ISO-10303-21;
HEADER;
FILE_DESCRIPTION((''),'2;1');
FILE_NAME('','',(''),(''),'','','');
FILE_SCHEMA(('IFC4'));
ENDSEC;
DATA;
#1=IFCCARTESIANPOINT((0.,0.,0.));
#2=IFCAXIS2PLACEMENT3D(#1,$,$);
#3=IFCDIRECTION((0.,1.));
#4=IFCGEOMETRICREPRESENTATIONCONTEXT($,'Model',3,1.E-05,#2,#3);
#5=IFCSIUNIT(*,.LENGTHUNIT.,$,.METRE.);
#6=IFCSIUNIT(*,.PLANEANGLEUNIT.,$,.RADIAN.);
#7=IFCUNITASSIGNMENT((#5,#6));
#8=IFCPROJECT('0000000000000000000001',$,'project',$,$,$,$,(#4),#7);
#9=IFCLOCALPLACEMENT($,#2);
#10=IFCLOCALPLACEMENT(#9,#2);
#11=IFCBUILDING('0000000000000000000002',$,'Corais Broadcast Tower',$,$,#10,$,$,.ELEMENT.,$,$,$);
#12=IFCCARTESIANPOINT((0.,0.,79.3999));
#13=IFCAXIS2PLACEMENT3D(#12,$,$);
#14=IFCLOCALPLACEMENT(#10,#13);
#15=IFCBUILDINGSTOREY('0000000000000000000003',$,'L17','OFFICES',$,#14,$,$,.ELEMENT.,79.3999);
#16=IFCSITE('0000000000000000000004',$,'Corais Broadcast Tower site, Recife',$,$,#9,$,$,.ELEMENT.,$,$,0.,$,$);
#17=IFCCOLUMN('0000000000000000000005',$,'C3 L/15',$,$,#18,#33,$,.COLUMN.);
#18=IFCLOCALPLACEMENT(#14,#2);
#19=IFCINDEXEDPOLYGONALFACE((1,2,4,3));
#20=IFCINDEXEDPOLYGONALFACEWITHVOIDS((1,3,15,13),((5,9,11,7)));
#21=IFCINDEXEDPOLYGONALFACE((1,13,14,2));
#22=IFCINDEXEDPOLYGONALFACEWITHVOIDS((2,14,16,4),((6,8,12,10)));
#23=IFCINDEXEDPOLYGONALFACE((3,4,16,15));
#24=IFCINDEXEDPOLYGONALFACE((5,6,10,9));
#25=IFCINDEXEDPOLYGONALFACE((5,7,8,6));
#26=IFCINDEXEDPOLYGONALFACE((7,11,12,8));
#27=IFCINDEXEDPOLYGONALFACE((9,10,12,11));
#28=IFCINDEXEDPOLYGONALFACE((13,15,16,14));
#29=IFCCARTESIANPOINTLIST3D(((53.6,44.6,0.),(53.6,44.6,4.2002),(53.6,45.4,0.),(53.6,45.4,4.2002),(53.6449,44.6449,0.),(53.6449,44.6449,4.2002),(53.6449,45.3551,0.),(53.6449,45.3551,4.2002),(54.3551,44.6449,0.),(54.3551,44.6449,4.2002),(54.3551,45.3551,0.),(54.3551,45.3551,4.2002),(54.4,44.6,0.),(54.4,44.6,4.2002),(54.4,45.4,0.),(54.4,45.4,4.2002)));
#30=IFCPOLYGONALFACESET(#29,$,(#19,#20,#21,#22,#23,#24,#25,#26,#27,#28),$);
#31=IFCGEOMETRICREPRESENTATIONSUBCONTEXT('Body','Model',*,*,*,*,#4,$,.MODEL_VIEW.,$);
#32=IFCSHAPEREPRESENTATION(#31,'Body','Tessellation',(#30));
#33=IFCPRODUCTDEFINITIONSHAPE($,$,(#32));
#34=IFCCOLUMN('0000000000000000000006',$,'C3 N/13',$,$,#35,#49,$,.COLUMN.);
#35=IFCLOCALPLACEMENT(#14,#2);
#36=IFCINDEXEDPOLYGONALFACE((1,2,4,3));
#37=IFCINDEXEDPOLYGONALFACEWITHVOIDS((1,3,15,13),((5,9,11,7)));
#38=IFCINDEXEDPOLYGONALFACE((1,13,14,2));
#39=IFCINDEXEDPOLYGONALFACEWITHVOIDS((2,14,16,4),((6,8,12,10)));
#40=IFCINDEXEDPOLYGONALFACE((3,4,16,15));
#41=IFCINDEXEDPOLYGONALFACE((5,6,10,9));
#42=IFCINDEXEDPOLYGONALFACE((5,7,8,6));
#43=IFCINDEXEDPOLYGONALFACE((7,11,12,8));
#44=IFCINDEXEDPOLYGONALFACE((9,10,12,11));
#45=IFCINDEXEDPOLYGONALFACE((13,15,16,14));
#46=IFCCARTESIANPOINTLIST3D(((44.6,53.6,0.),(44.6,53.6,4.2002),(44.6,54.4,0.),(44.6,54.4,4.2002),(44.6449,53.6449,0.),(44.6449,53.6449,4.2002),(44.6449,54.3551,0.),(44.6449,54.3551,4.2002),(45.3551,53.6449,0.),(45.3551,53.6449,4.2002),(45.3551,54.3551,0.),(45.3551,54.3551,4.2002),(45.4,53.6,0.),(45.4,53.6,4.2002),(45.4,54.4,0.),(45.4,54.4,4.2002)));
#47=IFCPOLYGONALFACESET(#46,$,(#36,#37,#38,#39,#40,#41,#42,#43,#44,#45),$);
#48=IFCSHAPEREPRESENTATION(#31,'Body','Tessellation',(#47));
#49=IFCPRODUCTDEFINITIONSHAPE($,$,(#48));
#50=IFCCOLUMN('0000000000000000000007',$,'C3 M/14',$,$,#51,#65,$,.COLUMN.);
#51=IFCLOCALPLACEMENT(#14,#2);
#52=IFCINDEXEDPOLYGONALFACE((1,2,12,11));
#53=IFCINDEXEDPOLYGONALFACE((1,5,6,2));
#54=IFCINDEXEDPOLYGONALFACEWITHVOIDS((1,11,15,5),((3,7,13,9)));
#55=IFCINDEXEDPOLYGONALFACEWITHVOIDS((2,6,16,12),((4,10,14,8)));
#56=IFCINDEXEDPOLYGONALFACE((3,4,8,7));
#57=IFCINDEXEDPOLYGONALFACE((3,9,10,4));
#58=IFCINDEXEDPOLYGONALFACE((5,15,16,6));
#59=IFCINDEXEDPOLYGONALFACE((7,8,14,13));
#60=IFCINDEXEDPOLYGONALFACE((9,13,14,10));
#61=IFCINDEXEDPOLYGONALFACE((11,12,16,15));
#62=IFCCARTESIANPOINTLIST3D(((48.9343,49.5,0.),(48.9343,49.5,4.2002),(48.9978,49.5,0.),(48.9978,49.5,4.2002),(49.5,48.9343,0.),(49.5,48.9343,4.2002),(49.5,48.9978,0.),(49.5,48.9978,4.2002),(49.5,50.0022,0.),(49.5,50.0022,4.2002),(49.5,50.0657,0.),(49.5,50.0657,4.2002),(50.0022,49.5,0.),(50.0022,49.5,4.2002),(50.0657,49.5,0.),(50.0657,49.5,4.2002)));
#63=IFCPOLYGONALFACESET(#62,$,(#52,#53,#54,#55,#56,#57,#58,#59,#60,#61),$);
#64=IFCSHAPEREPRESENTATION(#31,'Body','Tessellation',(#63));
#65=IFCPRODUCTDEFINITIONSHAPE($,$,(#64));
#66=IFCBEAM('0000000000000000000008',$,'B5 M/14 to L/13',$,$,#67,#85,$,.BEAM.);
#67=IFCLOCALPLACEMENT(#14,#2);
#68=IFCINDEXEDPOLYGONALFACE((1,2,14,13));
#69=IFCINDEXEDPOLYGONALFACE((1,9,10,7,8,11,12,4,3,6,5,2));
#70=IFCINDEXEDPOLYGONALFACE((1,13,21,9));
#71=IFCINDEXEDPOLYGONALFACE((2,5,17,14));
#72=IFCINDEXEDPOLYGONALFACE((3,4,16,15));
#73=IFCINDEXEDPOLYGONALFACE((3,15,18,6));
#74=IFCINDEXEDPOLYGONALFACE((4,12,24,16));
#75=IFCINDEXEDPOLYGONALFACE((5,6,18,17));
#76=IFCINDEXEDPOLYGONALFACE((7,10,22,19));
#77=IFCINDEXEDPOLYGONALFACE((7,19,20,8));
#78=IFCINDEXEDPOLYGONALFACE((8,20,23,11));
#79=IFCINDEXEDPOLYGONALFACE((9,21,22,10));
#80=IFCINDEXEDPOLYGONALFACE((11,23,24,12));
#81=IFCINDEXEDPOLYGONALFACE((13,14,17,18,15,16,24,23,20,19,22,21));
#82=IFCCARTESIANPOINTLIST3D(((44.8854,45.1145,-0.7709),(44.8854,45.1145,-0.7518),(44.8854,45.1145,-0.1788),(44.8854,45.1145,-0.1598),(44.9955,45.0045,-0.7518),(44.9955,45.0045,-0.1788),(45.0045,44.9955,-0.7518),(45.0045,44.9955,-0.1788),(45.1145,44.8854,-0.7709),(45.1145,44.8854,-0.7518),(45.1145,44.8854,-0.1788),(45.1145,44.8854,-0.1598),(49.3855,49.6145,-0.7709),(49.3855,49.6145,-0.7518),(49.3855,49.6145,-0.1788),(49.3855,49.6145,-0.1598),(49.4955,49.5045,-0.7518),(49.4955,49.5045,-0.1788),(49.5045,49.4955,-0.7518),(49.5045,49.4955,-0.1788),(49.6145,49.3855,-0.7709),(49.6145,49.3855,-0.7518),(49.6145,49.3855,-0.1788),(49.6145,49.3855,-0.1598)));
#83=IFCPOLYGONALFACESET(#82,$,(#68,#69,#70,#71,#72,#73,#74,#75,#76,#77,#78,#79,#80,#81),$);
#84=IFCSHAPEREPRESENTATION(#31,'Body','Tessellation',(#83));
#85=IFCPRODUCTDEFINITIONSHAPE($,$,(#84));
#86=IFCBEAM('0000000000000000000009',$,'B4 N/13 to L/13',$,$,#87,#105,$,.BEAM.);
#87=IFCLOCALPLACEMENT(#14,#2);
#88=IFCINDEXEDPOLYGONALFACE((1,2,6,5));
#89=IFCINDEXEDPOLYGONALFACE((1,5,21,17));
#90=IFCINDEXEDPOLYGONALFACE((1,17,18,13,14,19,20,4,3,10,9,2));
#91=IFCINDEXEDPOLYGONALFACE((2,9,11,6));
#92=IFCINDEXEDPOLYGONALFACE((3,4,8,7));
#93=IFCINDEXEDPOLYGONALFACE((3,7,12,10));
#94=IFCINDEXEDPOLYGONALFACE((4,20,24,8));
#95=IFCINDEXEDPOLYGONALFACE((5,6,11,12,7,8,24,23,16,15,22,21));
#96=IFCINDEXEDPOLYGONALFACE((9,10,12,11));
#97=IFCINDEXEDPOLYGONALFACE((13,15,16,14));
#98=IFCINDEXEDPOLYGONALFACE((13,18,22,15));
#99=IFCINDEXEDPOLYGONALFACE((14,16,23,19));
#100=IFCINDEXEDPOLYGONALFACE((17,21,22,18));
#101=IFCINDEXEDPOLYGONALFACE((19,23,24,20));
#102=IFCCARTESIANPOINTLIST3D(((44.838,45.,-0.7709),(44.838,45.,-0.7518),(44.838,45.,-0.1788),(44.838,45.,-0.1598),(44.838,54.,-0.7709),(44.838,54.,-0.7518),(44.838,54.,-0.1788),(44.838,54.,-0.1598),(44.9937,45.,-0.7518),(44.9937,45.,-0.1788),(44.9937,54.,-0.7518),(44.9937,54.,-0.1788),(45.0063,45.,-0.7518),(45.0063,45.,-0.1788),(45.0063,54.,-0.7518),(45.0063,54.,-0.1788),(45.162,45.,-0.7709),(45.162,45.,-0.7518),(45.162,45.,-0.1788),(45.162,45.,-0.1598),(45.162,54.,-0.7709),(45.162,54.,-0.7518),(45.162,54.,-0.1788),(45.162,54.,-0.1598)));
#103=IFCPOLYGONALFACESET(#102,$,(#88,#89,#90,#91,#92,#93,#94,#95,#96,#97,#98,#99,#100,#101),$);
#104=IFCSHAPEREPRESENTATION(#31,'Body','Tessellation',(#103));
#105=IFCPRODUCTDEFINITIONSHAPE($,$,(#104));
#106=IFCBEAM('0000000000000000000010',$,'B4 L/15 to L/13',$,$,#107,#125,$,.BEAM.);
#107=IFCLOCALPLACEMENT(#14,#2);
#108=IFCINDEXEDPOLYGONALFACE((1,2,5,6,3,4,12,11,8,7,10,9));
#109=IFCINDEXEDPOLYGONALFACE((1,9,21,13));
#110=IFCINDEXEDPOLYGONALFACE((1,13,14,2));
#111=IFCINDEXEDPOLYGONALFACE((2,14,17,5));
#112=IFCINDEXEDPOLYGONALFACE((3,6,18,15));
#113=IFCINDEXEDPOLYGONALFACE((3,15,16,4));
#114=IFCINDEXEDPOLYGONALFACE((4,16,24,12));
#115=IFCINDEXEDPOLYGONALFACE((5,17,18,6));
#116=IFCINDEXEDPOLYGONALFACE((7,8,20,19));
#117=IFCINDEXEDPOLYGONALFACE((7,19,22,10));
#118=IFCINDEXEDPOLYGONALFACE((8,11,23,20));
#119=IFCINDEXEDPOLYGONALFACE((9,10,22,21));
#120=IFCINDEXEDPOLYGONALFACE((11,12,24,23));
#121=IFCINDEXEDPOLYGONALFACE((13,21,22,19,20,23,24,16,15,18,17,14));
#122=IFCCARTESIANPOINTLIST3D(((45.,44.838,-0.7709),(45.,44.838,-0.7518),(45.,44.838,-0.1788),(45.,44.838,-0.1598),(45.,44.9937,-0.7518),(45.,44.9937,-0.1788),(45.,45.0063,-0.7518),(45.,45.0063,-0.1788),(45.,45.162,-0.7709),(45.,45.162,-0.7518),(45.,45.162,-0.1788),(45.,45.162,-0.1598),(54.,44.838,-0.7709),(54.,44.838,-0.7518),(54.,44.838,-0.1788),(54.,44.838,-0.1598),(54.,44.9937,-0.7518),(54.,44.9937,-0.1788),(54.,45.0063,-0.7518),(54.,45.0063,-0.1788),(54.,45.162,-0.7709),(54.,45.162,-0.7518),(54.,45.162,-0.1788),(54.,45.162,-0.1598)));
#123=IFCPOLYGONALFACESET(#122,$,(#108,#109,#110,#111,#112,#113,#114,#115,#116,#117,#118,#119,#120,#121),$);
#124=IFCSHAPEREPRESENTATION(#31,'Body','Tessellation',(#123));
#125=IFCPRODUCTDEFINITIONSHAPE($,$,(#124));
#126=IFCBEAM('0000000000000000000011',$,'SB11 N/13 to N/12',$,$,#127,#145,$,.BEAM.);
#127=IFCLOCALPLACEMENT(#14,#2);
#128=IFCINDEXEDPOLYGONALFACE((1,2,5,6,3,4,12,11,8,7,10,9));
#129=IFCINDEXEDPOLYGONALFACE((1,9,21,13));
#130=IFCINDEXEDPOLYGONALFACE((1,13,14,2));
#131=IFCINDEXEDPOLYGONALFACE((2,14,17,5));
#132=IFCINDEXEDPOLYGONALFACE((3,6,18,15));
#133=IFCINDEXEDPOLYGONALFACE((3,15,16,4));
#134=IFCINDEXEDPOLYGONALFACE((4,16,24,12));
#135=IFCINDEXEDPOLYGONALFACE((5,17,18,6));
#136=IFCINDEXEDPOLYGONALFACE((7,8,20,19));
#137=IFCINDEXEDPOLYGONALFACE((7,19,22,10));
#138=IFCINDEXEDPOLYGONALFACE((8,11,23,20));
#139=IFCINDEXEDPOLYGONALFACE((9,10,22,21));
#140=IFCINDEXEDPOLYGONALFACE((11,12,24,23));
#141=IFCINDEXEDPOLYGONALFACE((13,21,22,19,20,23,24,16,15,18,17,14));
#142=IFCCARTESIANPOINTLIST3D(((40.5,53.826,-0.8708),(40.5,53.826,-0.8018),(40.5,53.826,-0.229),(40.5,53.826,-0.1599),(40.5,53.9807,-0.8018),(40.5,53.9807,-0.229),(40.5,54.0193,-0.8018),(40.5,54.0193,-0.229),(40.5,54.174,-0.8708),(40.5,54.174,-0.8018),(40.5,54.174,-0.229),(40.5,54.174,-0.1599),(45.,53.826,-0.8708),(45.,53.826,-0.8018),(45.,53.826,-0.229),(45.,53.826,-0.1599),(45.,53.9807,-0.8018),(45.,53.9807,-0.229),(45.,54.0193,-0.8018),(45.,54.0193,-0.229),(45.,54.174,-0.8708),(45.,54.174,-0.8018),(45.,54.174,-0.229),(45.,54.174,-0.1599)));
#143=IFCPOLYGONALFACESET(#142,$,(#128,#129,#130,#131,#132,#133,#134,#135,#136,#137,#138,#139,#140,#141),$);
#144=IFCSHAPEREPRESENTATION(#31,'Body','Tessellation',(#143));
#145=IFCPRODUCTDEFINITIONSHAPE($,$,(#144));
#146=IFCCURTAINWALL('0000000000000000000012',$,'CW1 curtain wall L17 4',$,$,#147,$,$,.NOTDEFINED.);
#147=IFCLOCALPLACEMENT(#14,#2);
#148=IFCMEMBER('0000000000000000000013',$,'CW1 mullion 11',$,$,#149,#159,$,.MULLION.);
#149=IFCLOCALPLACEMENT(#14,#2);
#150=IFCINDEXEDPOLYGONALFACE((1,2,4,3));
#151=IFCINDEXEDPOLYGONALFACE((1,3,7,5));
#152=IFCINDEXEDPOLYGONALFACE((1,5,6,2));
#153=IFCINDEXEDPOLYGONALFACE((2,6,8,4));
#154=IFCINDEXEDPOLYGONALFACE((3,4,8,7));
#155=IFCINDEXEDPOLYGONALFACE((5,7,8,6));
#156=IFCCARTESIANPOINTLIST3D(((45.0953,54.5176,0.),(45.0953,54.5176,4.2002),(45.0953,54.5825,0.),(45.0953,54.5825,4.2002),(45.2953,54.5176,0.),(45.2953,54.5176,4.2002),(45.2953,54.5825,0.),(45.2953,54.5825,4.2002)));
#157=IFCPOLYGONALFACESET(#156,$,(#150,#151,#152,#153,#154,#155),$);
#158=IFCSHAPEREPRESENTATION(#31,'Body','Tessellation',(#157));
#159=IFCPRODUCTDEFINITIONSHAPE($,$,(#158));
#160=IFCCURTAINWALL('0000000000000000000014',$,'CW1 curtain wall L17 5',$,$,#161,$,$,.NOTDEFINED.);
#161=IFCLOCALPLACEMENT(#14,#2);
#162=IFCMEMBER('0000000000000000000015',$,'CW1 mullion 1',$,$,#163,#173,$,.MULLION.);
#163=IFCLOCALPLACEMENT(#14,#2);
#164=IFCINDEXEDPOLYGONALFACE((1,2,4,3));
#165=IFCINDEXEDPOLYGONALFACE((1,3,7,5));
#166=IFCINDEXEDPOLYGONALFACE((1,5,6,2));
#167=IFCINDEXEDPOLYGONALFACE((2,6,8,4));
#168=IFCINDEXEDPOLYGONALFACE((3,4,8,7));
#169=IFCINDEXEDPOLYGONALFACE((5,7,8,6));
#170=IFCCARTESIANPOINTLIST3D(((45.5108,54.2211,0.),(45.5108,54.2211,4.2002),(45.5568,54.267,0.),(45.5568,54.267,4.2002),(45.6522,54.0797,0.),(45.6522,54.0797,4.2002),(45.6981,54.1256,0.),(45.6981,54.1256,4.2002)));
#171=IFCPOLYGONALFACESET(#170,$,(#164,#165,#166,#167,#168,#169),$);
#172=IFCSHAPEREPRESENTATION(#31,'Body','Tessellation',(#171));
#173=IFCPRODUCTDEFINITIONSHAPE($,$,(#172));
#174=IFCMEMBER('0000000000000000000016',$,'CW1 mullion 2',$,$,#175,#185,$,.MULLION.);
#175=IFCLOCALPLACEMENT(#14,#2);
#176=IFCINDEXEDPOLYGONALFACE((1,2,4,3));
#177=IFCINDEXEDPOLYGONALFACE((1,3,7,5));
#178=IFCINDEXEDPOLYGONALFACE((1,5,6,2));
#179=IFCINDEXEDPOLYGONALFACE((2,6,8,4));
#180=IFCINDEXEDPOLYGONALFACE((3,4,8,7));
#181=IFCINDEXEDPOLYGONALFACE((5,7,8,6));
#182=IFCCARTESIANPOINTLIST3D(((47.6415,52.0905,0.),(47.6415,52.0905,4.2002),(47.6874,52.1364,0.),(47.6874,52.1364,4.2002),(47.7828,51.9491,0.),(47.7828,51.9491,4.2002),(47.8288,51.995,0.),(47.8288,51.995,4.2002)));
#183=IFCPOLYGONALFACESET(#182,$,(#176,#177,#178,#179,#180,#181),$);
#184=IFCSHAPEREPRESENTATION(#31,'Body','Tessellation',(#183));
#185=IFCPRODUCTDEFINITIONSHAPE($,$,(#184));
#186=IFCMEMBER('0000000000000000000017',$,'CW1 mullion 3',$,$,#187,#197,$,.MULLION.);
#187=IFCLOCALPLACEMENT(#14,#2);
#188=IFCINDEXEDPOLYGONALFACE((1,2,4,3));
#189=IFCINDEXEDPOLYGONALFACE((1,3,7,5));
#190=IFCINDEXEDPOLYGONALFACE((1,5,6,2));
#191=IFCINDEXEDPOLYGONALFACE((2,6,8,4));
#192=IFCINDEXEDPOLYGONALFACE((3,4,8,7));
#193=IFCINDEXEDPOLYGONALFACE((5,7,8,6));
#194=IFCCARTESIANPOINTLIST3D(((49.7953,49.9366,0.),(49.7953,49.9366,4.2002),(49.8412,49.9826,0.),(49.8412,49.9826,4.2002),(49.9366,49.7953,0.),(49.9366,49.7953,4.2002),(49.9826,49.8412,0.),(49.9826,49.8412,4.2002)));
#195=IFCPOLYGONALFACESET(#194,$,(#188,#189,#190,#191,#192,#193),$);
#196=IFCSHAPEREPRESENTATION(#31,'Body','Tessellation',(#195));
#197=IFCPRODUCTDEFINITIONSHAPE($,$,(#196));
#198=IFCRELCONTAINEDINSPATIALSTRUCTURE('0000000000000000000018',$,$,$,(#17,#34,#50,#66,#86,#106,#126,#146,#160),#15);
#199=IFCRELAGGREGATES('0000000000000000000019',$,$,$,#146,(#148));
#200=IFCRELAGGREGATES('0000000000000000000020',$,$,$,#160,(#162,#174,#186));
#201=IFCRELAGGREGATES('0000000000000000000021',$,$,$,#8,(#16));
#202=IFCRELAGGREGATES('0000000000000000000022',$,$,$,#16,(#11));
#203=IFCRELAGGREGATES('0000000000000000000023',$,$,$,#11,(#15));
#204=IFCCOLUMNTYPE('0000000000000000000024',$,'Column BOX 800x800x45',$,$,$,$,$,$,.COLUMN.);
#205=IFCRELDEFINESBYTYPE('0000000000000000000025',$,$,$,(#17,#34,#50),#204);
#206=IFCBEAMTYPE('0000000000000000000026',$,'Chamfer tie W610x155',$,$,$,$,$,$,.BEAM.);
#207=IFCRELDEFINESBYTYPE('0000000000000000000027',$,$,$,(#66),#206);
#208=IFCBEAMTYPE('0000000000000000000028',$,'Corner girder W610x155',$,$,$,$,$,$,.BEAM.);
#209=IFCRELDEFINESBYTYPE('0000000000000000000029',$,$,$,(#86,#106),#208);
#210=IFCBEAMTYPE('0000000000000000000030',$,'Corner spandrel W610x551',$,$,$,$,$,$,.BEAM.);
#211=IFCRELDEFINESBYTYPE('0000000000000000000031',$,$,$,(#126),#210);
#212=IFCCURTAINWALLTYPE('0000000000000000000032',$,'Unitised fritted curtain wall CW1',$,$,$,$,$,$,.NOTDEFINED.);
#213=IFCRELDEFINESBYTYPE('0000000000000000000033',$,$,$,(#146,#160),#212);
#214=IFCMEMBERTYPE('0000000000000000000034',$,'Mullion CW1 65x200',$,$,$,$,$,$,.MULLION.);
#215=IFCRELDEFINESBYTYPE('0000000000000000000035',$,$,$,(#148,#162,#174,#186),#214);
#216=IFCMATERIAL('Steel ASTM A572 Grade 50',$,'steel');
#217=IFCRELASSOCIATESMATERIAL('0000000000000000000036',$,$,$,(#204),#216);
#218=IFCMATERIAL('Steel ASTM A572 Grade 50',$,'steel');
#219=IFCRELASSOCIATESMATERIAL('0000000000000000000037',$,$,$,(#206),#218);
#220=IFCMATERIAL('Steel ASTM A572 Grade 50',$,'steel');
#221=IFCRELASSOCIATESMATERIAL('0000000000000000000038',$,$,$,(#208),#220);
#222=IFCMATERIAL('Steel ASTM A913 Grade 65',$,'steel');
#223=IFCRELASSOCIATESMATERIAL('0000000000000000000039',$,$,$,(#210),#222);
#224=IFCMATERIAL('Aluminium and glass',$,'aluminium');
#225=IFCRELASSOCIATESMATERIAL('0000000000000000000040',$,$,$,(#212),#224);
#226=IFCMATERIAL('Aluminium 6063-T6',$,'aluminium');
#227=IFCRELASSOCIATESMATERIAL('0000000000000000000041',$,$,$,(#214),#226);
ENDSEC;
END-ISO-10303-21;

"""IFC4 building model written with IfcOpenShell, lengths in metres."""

from ifc_helpers import new_model, si_unit, direction, frame, origin, origin_2d, place, context, subcontext, project, spatial, rectangle, hollow_rectangle, i_section, extrude, material, material_profile, profile_set, type_object, element, aggregate, save


model = new_model("IFC4")

# Units and contexts
model_context = context("Model", 3, precision=1e-05, world=origin(), true_north=direction((0.0, 1.0)))
body_context = subcontext(model_context, "Body", "Model", "MODEL_VIEW")
ifc_project = project(units=[si_unit("LENGTHUNIT", "METRE"), si_unit("PLANEANGLEUNIT", "RADIAN")], contexts=[model_context])

# Site, building, storey
site_placement = place(None, origin())
site = spatial("IfcSite", under=ifc_project, at=site_placement, Name="Corais Broadcast Tower site, Recife", CompositionType="ELEMENT", RefElevation=0.0)
building_placement = place(site_placement, origin())
building = spatial("IfcBuilding", under=site, at=building_placement, Name="Corais Broadcast Tower", CompositionType="ELEMENT")
storey_placement = place(building_placement, frame((0.0, 0.0, 79.3999)))
storey = spatial("IfcBuildingStorey", under=building, at=storey_placement, Name="L17", Description="OFFICES", CompositionType="ELEMENT", Elevation=79.3999)

# Columns
ifc_material_1 = material(Name="Steel ASTM A572 Grade 50", Category="steel")
ifc_material_profile_1 = material_profile(ifc_material_1, hollow_rectangle(XDim=0.8, YDim=0.8, WallThickness=0.0449, at=origin_2d()), Name="BOX 800x800x45")
ifc_profile_set_1 = profile_set([ifc_material_profile_1], Name="Steel ASTM A572 Grade 50")
column_type = type_object("IfcColumnType", Name="Column BOX 800x800x45", PredefinedType="COLUMN", material=ifc_profile_set_1)
for number, where, z_axis, x_axis, name in (
    (1, (54.0, 45.0, 0.0), (0.0, 0.0, 1.0), (1.0, 0.0, 0.0), "C3 L/15"),
    (2, (45.0, 54.0, 0.0), (0.0, 0.0, 1.0), (1.0, 0.0, 0.0), "C3 N/13"),
    (3, (49.5, 49.5, 0.0), (0.0, 0.0, 1.0), (0.707107, 0.707107, 0.0), "C3 M/14"),
):
    element("IfcColumn", number, at=place(storey_placement, frame(where, z_axis=z_axis, x_axis=x_axis)), inside=storey, type_object=column_type, Name=name, PredefinedType="COLUMN", context=body_context, shape_type="SweptSolid", body=[
        extrude(hollow_rectangle(XDim=0.8, YDim=0.8, WallThickness=0.0449, at=origin_2d()), origin(), (0.0, 0.0, 1.0), 4.2002),
    ])

# Beams
ifc_material_2 = material(Name="Steel ASTM A572 Grade 50", Category="steel")
ifc_material_profile_2 = material_profile(ifc_material_2, i_section(OverallWidth=0.324, OverallDepth=0.6111, WebThickness=0.0127, FlangeThickness=0.019, at=origin_2d()), Name="W610x155")
ifc_profile_set_2 = profile_set([ifc_material_profile_2], Name="Steel ASTM A572 Grade 50")
beam_type_1 = type_object("IfcBeamType", Name="Chamfer tie W610x155", PredefinedType="BEAM", material=ifc_profile_set_2)
beam_1_placement = place(storey_placement, frame((49.5, 49.5, -0.4653), z_axis=(-0.707107, -0.707107, 0.0), x_axis=(0.707107, -0.707107, 0.0)))
element("IfcBeam", 4, at=beam_1_placement, inside=storey, type_object=beam_type_1, Name="B5 M/14 to L/13", PredefinedType="BEAM", context=body_context, shape_type="SweptSolid", body=[
    extrude(i_section(OverallWidth=0.324, OverallDepth=0.6111, WebThickness=0.0127, FlangeThickness=0.019, at=origin_2d()), origin(), (0.0, 0.0, 1.0), 6.364),
])
ifc_material_3 = material(Name="Steel ASTM A572 Grade 50", Category="steel")
ifc_material_profile_3 = material_profile(ifc_material_3, i_section(OverallWidth=0.324, OverallDepth=0.6111, WebThickness=0.0127, FlangeThickness=0.019, at=origin_2d()), Name="W610x155")
ifc_profile_set_3 = profile_set([ifc_material_profile_3], Name="Steel ASTM A572 Grade 50")
beam_type_2 = type_object("IfcBeamType", Name="Corner girder W610x155", PredefinedType="BEAM", material=ifc_profile_set_3)
for number, where, z_axis, x_axis, name in (
    (5, (45.0, 54.0, -0.4653), (0.0, -1.0, 0.0), (1.0, 0.0, 0.0), "B4 N/13 to L/13"),
    (6, (54.0, 45.0, -0.4653), (-1.0, 0.0, 0.0), (0.0, -1.0, 0.0), "B4 L/15 to L/13"),
):
    element("IfcBeam", number, at=place(storey_placement, frame(where, z_axis=z_axis, x_axis=x_axis)), inside=storey, type_object=beam_type_2, Name=name, PredefinedType="BEAM", context=body_context, shape_type="SweptSolid", body=[
        extrude(i_section(OverallWidth=0.324, OverallDepth=0.6111, WebThickness=0.0127, FlangeThickness=0.019, at=origin_2d()), origin(), (0.0, 0.0, 1.0), 9.0),
    ])
ifc_material_4 = material(Name="Steel ASTM A913 Grade 65", Category="steel")
ifc_material_profile_4 = material_profile(ifc_material_4, i_section(OverallWidth=0.3479, OverallDepth=0.7109, WebThickness=0.0386, FlangeThickness=0.0691, at=origin_2d()), Name="W610x551")
ifc_profile_set_4 = profile_set([ifc_material_profile_4], Name="Steel ASTM A913 Grade 65")
beam_type_3 = type_object("IfcBeamType", Name="Corner spandrel W610x551", PredefinedType="BEAM", material=ifc_profile_set_4)
beam_2_placement = place(storey_placement, frame((45.0, 54.0, -0.5154), z_axis=(-1.0, 0.0, 0.0), x_axis=(0.0, -1.0, 0.0)))
element("IfcBeam", 7, at=beam_2_placement, inside=storey, type_object=beam_type_3, Name="SB11 N/13 to N/12", PredefinedType="BEAM", context=body_context, shape_type="SweptSolid", body=[
    extrude(i_section(OverallWidth=0.3479, OverallDepth=0.7109, WebThickness=0.0386, FlangeThickness=0.0691, at=origin_2d()), origin(), (0.0, 0.0, 1.0), 4.5),
])

# Curtain wall, member
ifc_material_5 = material(Name="Aluminium and glass", Category="aluminium")
curtain_wall_type = type_object("IfcCurtainWallType", Name="Unitised fritted curtain wall CW1", PredefinedType="NOTDEFINED", material=ifc_material_5)
curtain_wall_1_placement = place(storey_placement, origin())
curtain_wall_1 = element("IfcCurtainWall", 8, at=curtain_wall_1_placement, inside=storey, type_object=curtain_wall_type, Name="CW1 curtain wall L17 4", PredefinedType="NOTDEFINED")
ifc_material_6 = material(Name="Aluminium 6063-T6", Category="aluminium")
ifc_material_profile_5 = material_profile(ifc_material_6, rectangle(XDim=0.0649, YDim=0.2, at=origin_2d()), Name="Mullion CW1 65x200")
ifc_profile_set_5 = profile_set([ifc_material_profile_5], Name="Aluminium 6063-T6")
member_type_1 = type_object("IfcMemberType", Name="Mullion CW1 65x200", PredefinedType="MULLION", material=ifc_profile_set_5)
member_1_placement = place(storey_placement, frame((45.1953, 54.55, 0.0), z_axis=(0.0, 0.0, 1.0), x_axis=(0.0, 1.0, 0.0)))
member_1 = element("IfcMember", 9, at=member_1_placement, type_object=member_type_1, Name="CW1 mullion 11", PredefinedType="MULLION", context=body_context, shape_type="SweptSolid", body=[
    extrude(rectangle(XDim=0.0649, YDim=0.2, at=origin_2d()), origin(), (0.0, 0.0, 1.0), 4.2002),
])
aggregate(curtain_wall_1, [member_1])

# Curtain wall, members
curtain_wall_2_placement = place(storey_placement, origin())
curtain_wall_2 = element("IfcCurtainWall", 10, at=curtain_wall_2_placement, inside=storey, type_object=curtain_wall_type, Name="CW1 curtain wall L17 5", PredefinedType="NOTDEFINED")
member_2_placement = place(storey_placement, frame((45.6045, 54.1733, 0.0), z_axis=(0.0, 0.0, 1.0), x_axis=(0.707107, 0.707107, 0.0)))
member_2 = element("IfcMember", 11, at=member_2_placement, type_object=member_type_1, Name="CW1 mullion 1", PredefinedType="MULLION", context=body_context, shape_type="SweptSolid", body=[
    extrude(rectangle(XDim=0.0649, YDim=0.2, at=origin_2d()), origin(), (0.0, 0.0, 1.0), 4.2002),
])
member_3_placement = place(storey_placement, frame((47.7351, 52.0427, 0.0), z_axis=(0.0, 0.0, 1.0), x_axis=(0.707107, 0.707107, 0.0)))
member_3 = element("IfcMember", 12, at=member_3_placement, type_object=member_type_1, Name="CW1 mullion 2", PredefinedType="MULLION", context=body_context, shape_type="SweptSolid", body=[
    extrude(rectangle(XDim=0.0649, YDim=0.2, at=origin_2d()), origin(), (0.0, 0.0, 1.0), 4.2002),
])
member_4_placement = place(storey_placement, frame((49.8889, 49.8889, 0.0), z_axis=(0.0, 0.0, 1.0), x_axis=(0.707107, 0.707107, 0.0)))
member_4 = element("IfcMember", 13, at=member_4_placement, type_object=member_type_1, Name="CW1 mullion 3", PredefinedType="MULLION", context=body_context, shape_type="SweptSolid", body=[
    extrude(rectangle(XDim=0.0649, YDim=0.2, at=origin_2d()), origin(), (0.0, 0.0, 1.0), 4.2002),
])

aggregate(curtain_wall_2, [member_2, member_3, member_4])

save(model, "model.ifc")
